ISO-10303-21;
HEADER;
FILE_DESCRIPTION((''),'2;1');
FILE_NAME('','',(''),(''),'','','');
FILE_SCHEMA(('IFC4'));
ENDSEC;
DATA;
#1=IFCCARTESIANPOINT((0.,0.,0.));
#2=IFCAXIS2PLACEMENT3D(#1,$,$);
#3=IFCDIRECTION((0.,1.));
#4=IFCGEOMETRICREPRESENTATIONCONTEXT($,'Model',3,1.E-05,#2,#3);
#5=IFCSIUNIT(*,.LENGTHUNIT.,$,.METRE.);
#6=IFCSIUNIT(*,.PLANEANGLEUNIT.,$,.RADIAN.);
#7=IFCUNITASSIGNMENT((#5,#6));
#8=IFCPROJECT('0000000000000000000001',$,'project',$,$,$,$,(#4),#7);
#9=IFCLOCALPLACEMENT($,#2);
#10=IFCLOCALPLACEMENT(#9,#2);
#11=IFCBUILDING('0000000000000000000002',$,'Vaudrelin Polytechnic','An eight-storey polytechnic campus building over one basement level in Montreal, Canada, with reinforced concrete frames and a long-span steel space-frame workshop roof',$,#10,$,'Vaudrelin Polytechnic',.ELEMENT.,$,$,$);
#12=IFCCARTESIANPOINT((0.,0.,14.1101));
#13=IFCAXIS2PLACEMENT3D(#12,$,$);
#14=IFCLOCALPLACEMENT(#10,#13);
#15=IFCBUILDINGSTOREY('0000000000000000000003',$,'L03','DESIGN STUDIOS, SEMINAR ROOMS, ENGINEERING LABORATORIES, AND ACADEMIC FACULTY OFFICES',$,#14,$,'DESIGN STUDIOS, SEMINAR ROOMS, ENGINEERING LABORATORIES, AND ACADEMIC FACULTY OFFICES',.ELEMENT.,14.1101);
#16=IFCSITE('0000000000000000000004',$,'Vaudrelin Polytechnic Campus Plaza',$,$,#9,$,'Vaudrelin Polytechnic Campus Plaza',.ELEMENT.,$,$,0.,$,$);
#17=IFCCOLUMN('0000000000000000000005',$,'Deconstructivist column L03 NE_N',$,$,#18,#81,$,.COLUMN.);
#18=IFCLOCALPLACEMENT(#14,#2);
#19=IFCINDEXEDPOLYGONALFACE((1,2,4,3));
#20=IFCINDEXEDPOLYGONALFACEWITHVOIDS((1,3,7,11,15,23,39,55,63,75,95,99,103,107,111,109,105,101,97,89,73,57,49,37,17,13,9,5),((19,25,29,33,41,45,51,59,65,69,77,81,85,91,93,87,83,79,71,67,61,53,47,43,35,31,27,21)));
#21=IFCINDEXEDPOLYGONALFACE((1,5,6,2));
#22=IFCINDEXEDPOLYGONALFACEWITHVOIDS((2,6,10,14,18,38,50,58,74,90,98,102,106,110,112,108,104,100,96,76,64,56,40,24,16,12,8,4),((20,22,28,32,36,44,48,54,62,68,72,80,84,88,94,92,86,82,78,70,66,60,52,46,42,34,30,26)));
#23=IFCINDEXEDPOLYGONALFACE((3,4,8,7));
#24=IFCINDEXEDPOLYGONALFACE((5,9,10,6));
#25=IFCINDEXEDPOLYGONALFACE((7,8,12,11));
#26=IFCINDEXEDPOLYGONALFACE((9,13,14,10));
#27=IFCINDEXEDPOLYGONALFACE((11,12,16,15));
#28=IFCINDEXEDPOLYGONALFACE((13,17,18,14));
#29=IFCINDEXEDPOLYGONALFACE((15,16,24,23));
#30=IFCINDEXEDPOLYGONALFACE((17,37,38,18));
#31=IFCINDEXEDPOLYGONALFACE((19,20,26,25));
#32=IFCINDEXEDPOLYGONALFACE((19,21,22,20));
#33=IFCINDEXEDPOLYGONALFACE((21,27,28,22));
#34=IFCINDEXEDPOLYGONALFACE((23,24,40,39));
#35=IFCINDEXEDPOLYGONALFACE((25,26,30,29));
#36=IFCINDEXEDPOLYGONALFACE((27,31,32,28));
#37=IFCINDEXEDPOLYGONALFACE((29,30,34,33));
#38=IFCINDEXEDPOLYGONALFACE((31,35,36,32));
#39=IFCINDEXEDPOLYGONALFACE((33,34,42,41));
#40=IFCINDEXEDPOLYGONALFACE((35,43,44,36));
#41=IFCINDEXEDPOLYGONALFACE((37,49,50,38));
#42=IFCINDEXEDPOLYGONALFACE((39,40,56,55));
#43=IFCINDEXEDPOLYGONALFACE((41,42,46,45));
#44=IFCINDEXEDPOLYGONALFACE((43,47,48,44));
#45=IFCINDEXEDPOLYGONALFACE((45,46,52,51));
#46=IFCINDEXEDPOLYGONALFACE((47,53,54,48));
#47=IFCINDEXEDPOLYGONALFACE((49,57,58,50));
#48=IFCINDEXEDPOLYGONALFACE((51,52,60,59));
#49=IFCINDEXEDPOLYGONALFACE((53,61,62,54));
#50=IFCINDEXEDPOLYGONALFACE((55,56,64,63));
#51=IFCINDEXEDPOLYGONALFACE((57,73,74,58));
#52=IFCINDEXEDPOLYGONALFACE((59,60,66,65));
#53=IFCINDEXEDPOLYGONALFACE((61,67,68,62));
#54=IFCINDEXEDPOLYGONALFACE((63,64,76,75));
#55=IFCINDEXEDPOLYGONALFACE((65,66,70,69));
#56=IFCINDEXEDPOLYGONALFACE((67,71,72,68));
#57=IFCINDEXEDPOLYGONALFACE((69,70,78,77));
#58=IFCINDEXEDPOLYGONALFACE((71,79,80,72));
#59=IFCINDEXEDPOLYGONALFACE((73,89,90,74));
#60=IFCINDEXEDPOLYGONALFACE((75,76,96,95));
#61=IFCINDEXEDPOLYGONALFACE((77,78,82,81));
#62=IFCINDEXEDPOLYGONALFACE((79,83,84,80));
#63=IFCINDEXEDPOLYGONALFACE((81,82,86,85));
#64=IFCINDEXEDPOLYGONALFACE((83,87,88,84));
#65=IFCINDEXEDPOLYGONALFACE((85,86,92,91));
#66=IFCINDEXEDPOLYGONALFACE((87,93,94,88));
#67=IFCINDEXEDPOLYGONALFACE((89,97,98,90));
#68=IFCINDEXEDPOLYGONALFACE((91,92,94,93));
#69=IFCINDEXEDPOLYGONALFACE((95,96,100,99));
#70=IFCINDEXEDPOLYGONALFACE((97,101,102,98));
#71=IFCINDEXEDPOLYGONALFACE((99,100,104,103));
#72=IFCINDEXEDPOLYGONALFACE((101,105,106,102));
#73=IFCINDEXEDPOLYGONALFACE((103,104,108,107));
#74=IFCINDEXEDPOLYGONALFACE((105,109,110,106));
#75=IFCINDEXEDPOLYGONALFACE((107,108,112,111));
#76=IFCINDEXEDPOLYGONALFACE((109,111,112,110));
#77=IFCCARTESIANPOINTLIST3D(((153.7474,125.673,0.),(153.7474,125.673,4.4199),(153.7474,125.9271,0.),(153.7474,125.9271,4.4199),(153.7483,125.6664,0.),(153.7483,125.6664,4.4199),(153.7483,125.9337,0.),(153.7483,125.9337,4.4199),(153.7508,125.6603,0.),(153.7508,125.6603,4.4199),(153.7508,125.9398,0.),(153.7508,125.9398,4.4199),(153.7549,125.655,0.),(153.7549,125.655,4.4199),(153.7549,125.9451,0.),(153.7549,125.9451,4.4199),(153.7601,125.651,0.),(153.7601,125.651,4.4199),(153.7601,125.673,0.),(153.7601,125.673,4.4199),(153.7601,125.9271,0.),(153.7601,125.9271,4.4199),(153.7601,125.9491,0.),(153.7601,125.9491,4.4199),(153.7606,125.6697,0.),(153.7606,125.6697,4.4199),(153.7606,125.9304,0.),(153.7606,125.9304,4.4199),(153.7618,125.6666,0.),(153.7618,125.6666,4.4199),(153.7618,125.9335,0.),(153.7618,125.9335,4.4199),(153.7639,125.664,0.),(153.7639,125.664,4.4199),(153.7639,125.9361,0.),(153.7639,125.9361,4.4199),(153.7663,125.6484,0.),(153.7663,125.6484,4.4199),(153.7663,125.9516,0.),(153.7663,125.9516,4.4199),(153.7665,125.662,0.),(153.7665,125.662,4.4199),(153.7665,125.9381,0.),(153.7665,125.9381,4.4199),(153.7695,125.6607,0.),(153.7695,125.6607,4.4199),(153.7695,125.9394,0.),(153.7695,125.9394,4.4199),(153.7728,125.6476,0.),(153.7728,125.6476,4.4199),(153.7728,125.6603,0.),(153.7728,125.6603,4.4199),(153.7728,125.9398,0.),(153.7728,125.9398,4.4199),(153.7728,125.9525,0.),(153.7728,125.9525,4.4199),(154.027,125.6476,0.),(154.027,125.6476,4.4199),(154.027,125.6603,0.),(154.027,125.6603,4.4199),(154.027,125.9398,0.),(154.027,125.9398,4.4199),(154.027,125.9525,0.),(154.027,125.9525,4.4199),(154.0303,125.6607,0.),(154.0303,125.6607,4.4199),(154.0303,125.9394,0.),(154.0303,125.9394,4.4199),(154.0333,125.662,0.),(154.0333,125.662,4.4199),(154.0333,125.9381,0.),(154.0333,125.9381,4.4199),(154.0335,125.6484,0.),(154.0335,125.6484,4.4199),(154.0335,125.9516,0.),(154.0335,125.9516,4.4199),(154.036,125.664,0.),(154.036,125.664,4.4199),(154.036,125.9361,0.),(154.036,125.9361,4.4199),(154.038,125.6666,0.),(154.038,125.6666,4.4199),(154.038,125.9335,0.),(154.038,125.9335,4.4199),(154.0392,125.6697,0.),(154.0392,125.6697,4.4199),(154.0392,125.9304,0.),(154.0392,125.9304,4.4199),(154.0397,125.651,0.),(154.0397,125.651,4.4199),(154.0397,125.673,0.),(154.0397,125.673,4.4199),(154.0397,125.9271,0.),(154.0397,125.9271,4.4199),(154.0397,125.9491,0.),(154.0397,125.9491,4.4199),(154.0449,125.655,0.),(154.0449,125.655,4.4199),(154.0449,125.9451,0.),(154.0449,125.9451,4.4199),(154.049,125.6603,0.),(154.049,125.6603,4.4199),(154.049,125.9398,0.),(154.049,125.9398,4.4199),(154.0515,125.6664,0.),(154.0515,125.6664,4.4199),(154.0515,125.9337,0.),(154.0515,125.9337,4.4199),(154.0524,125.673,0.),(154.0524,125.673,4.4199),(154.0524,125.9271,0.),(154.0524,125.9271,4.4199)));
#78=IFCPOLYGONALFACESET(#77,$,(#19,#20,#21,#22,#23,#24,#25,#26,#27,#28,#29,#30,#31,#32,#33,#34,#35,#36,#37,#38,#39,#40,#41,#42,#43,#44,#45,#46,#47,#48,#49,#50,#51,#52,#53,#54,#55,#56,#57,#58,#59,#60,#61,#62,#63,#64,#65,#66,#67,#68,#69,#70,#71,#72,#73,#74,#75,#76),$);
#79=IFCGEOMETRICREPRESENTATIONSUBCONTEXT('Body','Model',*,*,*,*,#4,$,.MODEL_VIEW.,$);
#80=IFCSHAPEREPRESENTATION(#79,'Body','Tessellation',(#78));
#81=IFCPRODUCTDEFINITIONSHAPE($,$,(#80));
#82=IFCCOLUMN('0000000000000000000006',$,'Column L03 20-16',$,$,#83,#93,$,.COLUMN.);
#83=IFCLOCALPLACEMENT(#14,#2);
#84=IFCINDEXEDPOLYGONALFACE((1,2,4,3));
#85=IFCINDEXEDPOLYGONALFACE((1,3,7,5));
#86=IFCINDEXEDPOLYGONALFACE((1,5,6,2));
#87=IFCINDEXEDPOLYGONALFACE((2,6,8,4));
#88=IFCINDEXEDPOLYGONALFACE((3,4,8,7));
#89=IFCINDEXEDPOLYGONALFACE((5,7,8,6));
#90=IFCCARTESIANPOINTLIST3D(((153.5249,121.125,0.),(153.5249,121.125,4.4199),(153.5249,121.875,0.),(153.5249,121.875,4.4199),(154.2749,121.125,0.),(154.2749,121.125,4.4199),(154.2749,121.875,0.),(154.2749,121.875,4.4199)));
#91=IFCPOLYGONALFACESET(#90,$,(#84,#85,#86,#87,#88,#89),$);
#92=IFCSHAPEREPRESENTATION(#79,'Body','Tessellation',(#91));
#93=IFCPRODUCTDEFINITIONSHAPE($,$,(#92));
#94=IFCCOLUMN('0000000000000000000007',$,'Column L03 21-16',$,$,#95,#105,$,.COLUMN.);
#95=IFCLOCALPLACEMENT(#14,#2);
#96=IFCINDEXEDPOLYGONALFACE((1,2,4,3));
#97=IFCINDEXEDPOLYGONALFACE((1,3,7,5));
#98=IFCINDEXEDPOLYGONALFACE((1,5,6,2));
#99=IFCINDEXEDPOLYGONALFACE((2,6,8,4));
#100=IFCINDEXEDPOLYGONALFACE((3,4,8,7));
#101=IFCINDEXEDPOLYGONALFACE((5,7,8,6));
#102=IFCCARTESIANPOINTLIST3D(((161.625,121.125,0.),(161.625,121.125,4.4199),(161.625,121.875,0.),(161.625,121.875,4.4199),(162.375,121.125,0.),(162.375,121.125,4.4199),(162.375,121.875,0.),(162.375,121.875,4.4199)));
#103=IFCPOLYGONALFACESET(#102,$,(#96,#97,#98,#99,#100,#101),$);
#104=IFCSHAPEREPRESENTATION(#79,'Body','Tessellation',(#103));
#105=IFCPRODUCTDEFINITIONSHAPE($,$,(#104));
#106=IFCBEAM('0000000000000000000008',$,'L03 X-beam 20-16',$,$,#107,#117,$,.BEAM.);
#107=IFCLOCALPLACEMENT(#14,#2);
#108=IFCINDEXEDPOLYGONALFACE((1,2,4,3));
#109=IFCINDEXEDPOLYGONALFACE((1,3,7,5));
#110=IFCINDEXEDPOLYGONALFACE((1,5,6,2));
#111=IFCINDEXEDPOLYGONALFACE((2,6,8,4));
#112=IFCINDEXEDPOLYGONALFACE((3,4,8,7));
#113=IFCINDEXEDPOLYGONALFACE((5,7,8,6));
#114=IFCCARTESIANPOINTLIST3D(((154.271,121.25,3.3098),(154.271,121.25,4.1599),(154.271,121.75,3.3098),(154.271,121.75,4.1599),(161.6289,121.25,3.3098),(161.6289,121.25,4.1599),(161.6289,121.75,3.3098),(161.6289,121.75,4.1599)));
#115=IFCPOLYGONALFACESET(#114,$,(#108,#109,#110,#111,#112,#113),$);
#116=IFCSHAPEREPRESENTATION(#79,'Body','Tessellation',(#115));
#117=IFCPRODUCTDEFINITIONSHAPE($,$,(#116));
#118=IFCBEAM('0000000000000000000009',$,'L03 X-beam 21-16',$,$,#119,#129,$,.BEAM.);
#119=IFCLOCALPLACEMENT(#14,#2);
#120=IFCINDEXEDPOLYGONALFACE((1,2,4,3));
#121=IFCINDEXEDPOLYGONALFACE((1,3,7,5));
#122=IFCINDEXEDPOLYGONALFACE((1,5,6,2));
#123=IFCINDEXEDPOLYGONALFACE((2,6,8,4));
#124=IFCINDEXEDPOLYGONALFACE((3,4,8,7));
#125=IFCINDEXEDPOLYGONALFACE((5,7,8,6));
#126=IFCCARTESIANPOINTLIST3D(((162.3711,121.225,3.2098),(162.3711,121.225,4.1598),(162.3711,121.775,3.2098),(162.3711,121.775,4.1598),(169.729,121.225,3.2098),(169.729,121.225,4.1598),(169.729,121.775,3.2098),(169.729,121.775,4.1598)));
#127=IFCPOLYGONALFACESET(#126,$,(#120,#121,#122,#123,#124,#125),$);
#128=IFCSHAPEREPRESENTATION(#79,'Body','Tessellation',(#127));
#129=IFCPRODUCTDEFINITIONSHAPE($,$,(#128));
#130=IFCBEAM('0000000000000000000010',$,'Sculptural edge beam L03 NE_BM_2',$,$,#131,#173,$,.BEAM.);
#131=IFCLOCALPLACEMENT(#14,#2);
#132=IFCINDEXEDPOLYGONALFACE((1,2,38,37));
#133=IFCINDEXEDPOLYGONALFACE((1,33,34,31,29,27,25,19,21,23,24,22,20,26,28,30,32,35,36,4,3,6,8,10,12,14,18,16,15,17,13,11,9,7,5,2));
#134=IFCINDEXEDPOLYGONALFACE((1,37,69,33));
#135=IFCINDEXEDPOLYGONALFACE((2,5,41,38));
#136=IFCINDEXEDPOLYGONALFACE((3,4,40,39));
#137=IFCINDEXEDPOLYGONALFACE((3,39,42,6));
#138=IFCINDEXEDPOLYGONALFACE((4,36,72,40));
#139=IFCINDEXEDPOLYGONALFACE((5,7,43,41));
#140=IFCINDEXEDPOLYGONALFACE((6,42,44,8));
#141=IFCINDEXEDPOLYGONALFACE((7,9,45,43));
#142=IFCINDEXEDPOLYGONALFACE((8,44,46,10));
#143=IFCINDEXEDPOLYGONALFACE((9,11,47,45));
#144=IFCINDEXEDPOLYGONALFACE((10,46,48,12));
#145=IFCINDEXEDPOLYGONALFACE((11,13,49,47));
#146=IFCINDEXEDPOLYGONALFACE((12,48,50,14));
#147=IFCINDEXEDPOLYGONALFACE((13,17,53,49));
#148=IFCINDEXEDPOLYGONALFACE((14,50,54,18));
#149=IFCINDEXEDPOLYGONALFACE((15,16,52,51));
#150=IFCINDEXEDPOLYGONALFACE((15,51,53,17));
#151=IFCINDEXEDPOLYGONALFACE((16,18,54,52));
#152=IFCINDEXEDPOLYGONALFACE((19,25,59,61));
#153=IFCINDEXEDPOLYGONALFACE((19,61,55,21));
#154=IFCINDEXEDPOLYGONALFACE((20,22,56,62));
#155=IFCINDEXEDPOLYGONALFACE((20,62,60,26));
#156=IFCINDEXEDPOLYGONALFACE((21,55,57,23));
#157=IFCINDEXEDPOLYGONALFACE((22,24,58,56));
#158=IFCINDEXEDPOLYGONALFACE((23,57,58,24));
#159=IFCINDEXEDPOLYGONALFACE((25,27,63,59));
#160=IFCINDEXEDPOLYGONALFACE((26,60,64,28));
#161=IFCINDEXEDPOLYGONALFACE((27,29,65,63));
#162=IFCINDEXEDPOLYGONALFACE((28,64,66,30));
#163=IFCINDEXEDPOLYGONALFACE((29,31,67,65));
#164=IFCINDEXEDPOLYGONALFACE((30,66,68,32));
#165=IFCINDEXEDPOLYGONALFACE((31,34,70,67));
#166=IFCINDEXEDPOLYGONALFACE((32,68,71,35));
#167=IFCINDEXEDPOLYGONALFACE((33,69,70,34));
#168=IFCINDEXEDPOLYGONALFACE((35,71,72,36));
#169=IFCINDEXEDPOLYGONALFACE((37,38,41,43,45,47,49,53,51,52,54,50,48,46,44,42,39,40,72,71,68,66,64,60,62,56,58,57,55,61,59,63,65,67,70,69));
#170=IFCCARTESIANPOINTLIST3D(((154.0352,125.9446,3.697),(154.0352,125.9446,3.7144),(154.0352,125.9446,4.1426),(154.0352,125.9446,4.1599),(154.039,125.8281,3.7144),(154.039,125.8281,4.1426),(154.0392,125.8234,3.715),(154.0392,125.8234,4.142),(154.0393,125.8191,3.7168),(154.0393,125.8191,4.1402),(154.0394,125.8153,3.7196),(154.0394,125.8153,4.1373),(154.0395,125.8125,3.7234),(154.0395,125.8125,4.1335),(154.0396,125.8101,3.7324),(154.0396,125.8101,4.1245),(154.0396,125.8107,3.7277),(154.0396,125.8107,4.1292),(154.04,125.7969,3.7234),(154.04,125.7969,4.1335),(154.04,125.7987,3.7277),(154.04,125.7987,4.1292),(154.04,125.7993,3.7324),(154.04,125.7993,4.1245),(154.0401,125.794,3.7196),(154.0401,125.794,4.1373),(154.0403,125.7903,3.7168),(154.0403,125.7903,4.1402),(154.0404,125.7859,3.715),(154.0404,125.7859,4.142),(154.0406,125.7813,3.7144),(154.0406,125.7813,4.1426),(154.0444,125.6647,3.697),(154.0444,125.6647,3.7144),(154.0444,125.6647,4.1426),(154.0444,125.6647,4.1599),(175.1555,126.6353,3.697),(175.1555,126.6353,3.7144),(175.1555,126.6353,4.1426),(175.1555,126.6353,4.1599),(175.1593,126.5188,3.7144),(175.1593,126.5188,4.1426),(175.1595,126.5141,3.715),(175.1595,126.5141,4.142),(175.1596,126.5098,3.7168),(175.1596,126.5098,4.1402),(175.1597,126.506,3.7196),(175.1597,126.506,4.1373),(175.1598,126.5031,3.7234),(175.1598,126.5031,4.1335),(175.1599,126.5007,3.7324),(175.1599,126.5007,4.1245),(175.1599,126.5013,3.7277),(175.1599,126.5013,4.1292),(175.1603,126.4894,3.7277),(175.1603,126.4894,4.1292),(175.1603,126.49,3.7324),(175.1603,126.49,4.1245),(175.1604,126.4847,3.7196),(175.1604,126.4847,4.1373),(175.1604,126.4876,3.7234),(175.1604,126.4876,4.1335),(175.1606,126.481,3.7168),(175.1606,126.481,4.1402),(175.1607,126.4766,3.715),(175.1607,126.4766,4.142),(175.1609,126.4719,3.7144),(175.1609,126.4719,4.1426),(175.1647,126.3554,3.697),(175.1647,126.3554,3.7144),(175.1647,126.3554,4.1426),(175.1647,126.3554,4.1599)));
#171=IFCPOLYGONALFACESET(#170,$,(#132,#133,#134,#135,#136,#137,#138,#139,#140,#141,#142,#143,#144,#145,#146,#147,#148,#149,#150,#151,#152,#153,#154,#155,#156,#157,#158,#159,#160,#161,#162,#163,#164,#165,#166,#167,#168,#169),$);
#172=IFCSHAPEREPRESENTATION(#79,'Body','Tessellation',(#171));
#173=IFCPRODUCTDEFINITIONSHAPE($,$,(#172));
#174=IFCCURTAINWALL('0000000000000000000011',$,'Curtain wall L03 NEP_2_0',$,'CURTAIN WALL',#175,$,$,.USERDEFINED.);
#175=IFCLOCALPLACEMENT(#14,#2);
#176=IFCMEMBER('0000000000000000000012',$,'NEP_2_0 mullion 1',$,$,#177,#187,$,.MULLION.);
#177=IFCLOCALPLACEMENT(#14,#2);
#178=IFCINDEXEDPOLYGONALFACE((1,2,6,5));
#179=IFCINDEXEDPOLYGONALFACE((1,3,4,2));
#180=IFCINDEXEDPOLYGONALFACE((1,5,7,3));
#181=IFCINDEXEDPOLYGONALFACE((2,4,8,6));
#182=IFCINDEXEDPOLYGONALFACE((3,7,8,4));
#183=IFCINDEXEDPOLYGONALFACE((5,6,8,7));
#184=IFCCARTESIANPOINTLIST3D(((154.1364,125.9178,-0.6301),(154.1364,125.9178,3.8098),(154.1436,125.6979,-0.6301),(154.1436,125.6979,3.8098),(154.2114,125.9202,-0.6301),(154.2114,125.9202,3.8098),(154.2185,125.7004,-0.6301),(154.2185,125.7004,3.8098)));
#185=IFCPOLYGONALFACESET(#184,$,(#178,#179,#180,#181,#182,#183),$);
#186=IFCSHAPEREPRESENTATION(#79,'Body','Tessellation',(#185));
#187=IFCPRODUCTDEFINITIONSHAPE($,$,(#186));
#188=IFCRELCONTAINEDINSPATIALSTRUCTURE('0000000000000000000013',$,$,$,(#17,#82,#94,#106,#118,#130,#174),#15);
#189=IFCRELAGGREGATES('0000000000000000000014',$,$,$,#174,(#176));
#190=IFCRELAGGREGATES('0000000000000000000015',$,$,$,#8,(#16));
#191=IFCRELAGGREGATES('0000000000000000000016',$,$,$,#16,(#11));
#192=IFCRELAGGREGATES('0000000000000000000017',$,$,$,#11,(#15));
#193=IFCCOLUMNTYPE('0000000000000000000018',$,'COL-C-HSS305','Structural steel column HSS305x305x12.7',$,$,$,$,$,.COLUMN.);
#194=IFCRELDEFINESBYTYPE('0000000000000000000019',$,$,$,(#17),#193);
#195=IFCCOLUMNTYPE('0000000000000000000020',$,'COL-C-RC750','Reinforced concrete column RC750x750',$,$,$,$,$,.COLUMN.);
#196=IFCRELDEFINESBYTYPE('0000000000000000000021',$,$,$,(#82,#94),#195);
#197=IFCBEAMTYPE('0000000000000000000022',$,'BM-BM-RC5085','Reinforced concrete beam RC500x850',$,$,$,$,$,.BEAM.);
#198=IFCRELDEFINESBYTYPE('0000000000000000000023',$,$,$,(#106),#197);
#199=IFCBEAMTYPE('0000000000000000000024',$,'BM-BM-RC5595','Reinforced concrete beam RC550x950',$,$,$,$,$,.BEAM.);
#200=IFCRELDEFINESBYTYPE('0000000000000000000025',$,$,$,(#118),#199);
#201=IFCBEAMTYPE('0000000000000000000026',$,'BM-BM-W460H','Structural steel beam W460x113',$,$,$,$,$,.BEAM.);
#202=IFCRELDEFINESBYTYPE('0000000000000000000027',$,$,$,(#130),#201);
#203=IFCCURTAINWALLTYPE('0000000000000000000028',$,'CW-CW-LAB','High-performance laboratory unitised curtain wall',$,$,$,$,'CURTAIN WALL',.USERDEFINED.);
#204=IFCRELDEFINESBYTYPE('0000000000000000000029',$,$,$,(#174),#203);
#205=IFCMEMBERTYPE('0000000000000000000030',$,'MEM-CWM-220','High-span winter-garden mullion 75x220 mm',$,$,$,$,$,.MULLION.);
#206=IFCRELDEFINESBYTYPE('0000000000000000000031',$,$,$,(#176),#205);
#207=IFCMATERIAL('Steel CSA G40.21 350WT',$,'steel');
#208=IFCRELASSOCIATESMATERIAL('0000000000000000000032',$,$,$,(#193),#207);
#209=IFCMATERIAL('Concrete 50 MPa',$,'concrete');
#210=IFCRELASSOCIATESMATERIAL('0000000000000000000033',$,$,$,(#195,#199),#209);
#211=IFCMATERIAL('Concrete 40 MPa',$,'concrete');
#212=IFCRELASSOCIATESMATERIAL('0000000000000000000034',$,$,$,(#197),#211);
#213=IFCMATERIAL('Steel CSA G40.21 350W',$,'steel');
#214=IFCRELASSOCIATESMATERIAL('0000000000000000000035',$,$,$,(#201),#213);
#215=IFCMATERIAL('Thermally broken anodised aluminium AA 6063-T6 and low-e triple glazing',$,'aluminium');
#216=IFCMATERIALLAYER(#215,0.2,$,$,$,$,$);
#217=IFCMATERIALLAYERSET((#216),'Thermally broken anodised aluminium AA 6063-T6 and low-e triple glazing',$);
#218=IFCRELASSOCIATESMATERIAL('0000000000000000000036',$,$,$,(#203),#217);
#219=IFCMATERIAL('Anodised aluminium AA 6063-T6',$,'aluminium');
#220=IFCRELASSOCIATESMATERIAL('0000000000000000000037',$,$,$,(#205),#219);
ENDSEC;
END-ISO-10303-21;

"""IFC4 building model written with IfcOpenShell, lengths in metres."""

from ifc_helpers import new_model, si_unit, direction, frame, origin, origin_2d, place, context, subcontext, project, spatial, rectangle, hollow_rectangle, i_section, extrude, material, layer, layer_set, material_profile, profile_set, type_object, element, aggregate, save


model = new_model("IFC4")

# Units and contexts
model_context = context("Model", 3, precision=1e-05, world=origin(), true_north=direction((0.0, 1.0)))
body_context = subcontext(model_context, "Body", "Model", "MODEL_VIEW")
ifc_project = project(units=[si_unit("LENGTHUNIT", "METRE"), si_unit("PLANEANGLEUNIT", "RADIAN")], contexts=[model_context])

# Site, building, storey
site_placement = place(None, origin())
site = spatial("IfcSite", under=ifc_project, at=site_placement, Name="Vaudrelin Polytechnic Campus Plaza", LongName="Vaudrelin Polytechnic Campus Plaza", CompositionType="ELEMENT", RefElevation=0.0)
building_placement = place(site_placement, origin())
building = spatial("IfcBuilding", under=site, at=building_placement, Name="Vaudrelin Polytechnic", Description="An eight-storey polytechnic campus building over one basement level in Montreal, Canada, with reinforced concrete frames and a long-span steel space-frame workshop roof", LongName="Vaudrelin Polytechnic", CompositionType="ELEMENT")
storey_placement = place(building_placement, frame((0.0, 0.0, 14.1101)))
storey = spatial("IfcBuildingStorey", under=building, at=storey_placement, Name="L03", Description="DESIGN STUDIOS, SEMINAR ROOMS, ENGINEERING LABORATORIES, AND ACADEMIC FACULTY OFFICES", LongName="DESIGN STUDIOS, SEMINAR ROOMS, ENGINEERING LABORATORIES, AND ACADEMIC FACULTY OFFICES", CompositionType="ELEMENT", Elevation=14.1101)

# Columns
ifc_material_1 = material(Name="Steel CSA G40.21 350WT", Category="steel")
ifc_material_profile_1 = material_profile(ifc_material_1, hollow_rectangle(XDim=0.3049, YDim=0.3049, WallThickness=0.0127, InnerFilletRadius=0.0127, OuterFilletRadius=0.0254, at=origin_2d()), Name="HSS305x305x12.7")
ifc_profile_set_1 = profile_set([ifc_material_profile_1], Name="Steel CSA G40.21 350WT")
column_type_1 = type_object("IfcColumnType", Name="COL-C-HSS305", Description="Structural steel column HSS305x305x12.7", PredefinedType="COLUMN", material=ifc_profile_set_1)
column_placement = place(storey_placement, frame((153.8999, 125.8, 0.0), z_axis=(0.0, 0.0, 1.0), x_axis=(1.0, 0.0, 0.0)))
element("IfcColumn", 1, at=column_placement, inside=storey, type_object=column_type_1, Name="Deconstructivist column L03 NE_N", PredefinedType="COLUMN", context=body_context, shape_type="SweptSolid", body=[
    extrude(hollow_rectangle(XDim=0.3049, YDim=0.3049, WallThickness=0.0127, InnerFilletRadius=0.0127, OuterFilletRadius=0.0254, at=origin_2d()), origin(), (0.0, 0.0, 1.0), 4.4199),
])
ifc_material_2 = material(Name="Concrete 50 MPa", Category="concrete")
ifc_material_profile_2 = material_profile(ifc_material_2, rectangle(XDim=0.75, YDim=0.75, at=origin_2d()), Name="RC750x750")
ifc_profile_set_2 = profile_set([ifc_material_profile_2], Name="Concrete 50 MPa")
column_type_2 = type_object("IfcColumnType", Name="COL-C-RC750", Description="Reinforced concrete column RC750x750", PredefinedType="COLUMN", material=ifc_profile_set_2)
for number, where, z_axis, x_axis, name in (
    (2, (153.8999, 121.5, 0.0), (0.0, 0.0, 1.0), (1.0, 0.0, 0.0), "Column L03 20-16"),
    (3, (162.0, 121.5, 0.0), (0.0, 0.0, 1.0), (1.0, 0.0, 0.0), "Column L03 21-16"),
):
    element("IfcColumn", number, at=place(storey_placement, frame(where, z_axis=z_axis, x_axis=x_axis)), inside=storey, type_object=column_type_2, Name=name, PredefinedType="COLUMN", context=body_context, shape_type="SweptSolid", body=[
        extrude(rectangle(XDim=0.75, YDim=0.75, at=origin_2d()), origin(), (0.0, 0.0, 1.0), 4.4199),
    ])

# Beams
ifc_material_3 = material(Name="Concrete 40 MPa", Category="concrete")
ifc_material_profile_3 = material_profile(ifc_material_3, rectangle(XDim=0.5, YDim=0.8501, at=origin_2d()), Name="RC500x850")
ifc_profile_set_3 = profile_set([ifc_material_profile_3], Name="Concrete 40 MPa")
beam_type_1 = type_object("IfcBeamType", Name="BM-BM-RC5085", Description="Reinforced concrete beam RC500x850", PredefinedType="BEAM", material=ifc_profile_set_3)
beam_1_placement = place(storey_placement, frame((154.271, 121.5, 3.7349), z_axis=(1.0, 0.0, 0.0), x_axis=(0.0, 1.0, 0.0)))
element("IfcBeam", 4, at=beam_1_placement, inside=storey, type_object=beam_type_1, Name="L03 X-beam 20-16", PredefinedType="BEAM", context=body_context, shape_type="SweptSolid", body=[
    extrude(rectangle(XDim=0.5, YDim=0.8501, at=origin_2d()), origin(), (0.0, 0.0, 1.0), 7.3579),
])
ifc_material_profile_4 = material_profile(ifc_material_2, rectangle(XDim=0.55, YDim=0.95, at=origin_2d()), Name="RC550x950")
ifc_profile_set_4 = profile_set([ifc_material_profile_4], Name="Concrete 50 MPa")
beam_type_2 = type_object("IfcBeamType", Name="BM-BM-RC5595", Description="Reinforced concrete beam RC550x950", PredefinedType="BEAM", material=ifc_profile_set_4)
beam_2_placement = place(storey_placement, frame((162.3711, 121.5, 3.6848), z_axis=(1.0, 0.0, 0.0), x_axis=(0.0, 1.0, 0.0)))
element("IfcBeam", 5, at=beam_2_placement, inside=storey, type_object=beam_type_2, Name="L03 X-beam 21-16", PredefinedType="BEAM", context=body_context, shape_type="SweptSolid", body=[
    extrude(rectangle(XDim=0.55, YDim=0.95, at=origin_2d()), origin(), (0.0, 0.0, 1.0), 7.3579),
])
ifc_material_4 = material(Name="Steel CSA G40.21 350W", Category="steel")
ifc_material_profile_5 = material_profile(ifc_material_4, i_section(OverallWidth=0.28, OverallDepth=0.4629, WebThickness=0.0107, FlangeThickness=0.0173, FilletRadius=0.0181, at=origin_2d()), Name="W460x113")
ifc_profile_set_5 = profile_set([ifc_material_profile_5], Name="Steel CSA G40.21 350W")
beam_type_3 = type_object("IfcBeamType", Name="BM-BM-W460H", Description="Structural steel beam W460x113", PredefinedType="BEAM", material=ifc_profile_set_5)
beam_3_placement = place(storey_placement, frame((154.0398, 125.8047, 3.9285), z_axis=(0.999466, 0.032684, 0.0), x_axis=(-0.032684, 0.999466, 0.0)))
element("IfcBeam", 6, at=beam_3_placement, inside=storey, type_object=beam_type_3, Name="Sculptural edge beam L03 NE_BM_2", PredefinedType="BEAM", context=body_context, shape_type="SweptSolid", body=[
    extrude(i_section(OverallWidth=0.28, OverallDepth=0.4629, WebThickness=0.0107, FlangeThickness=0.0173, FilletRadius=0.0181, at=origin_2d()), origin(), (0.0, 0.0, 1.0), 21.1316),
])

# Curtain wall, member
ifc_material_5 = material(Name="Thermally broken anodised aluminium AA 6063-T6 and low-e triple glazing", Category="aluminium")
ifc_layer_1 = layer(ifc_material_5, 0.2)
ifc_layer_set_1 = layer_set([ifc_layer_1], Name="Thermally broken anodised aluminium AA 6063-T6 and low-e triple glazing")
curtain_wall_type = type_object("IfcCurtainWallType", Name="CW-CW-LAB", Description="High-performance laboratory unitised curtain wall", ElementType="CURTAIN WALL", PredefinedType="USERDEFINED", material=ifc_layer_set_1)
curtain_wall_1_placement = place(storey_placement, origin())
curtain_wall_1 = element("IfcCurtainWall", 7, at=curtain_wall_1_placement, inside=storey, type_object=curtain_wall_type, Name="Curtain wall L03 NEP_2_0", ObjectType="CURTAIN WALL", PredefinedType="USERDEFINED")
ifc_material_6 = material(Name="Anodised aluminium AA 6063-T6", Category="aluminium")
ifc_material_profile_6 = material_profile(ifc_material_6, rectangle(XDim=0.075, YDim=0.22, at=origin_2d()), Name="CWM-75x220")
ifc_profile_set_6 = profile_set([ifc_material_profile_6], Name="Anodised aluminium AA 6063-T6")
member_type_1 = type_object("IfcMemberType", Name="MEM-CWM-220", Description="High-span winter-garden mullion 75x220 mm", PredefinedType="MULLION", material=ifc_profile_set_6)
member_1_placement = place(storey_placement, frame((154.1775, 125.8091, -0.6301), z_axis=(0.0, 0.0, 1.0), x_axis=(0.999465, 0.032693, 0.0)))
member_1 = element("IfcMember", 8, at=member_1_placement, type_object=member_type_1, Name="NEP_2_0 mullion 1", PredefinedType="MULLION", context=body_context, shape_type="SweptSolid", body=[
    extrude(rectangle(XDim=0.075, YDim=0.22, at=origin_2d()), origin(), (0.0, 0.0, 1.0), 4.4399),
])

aggregate(curtain_wall_1, [member_1])

save(model, "model.ifc")
